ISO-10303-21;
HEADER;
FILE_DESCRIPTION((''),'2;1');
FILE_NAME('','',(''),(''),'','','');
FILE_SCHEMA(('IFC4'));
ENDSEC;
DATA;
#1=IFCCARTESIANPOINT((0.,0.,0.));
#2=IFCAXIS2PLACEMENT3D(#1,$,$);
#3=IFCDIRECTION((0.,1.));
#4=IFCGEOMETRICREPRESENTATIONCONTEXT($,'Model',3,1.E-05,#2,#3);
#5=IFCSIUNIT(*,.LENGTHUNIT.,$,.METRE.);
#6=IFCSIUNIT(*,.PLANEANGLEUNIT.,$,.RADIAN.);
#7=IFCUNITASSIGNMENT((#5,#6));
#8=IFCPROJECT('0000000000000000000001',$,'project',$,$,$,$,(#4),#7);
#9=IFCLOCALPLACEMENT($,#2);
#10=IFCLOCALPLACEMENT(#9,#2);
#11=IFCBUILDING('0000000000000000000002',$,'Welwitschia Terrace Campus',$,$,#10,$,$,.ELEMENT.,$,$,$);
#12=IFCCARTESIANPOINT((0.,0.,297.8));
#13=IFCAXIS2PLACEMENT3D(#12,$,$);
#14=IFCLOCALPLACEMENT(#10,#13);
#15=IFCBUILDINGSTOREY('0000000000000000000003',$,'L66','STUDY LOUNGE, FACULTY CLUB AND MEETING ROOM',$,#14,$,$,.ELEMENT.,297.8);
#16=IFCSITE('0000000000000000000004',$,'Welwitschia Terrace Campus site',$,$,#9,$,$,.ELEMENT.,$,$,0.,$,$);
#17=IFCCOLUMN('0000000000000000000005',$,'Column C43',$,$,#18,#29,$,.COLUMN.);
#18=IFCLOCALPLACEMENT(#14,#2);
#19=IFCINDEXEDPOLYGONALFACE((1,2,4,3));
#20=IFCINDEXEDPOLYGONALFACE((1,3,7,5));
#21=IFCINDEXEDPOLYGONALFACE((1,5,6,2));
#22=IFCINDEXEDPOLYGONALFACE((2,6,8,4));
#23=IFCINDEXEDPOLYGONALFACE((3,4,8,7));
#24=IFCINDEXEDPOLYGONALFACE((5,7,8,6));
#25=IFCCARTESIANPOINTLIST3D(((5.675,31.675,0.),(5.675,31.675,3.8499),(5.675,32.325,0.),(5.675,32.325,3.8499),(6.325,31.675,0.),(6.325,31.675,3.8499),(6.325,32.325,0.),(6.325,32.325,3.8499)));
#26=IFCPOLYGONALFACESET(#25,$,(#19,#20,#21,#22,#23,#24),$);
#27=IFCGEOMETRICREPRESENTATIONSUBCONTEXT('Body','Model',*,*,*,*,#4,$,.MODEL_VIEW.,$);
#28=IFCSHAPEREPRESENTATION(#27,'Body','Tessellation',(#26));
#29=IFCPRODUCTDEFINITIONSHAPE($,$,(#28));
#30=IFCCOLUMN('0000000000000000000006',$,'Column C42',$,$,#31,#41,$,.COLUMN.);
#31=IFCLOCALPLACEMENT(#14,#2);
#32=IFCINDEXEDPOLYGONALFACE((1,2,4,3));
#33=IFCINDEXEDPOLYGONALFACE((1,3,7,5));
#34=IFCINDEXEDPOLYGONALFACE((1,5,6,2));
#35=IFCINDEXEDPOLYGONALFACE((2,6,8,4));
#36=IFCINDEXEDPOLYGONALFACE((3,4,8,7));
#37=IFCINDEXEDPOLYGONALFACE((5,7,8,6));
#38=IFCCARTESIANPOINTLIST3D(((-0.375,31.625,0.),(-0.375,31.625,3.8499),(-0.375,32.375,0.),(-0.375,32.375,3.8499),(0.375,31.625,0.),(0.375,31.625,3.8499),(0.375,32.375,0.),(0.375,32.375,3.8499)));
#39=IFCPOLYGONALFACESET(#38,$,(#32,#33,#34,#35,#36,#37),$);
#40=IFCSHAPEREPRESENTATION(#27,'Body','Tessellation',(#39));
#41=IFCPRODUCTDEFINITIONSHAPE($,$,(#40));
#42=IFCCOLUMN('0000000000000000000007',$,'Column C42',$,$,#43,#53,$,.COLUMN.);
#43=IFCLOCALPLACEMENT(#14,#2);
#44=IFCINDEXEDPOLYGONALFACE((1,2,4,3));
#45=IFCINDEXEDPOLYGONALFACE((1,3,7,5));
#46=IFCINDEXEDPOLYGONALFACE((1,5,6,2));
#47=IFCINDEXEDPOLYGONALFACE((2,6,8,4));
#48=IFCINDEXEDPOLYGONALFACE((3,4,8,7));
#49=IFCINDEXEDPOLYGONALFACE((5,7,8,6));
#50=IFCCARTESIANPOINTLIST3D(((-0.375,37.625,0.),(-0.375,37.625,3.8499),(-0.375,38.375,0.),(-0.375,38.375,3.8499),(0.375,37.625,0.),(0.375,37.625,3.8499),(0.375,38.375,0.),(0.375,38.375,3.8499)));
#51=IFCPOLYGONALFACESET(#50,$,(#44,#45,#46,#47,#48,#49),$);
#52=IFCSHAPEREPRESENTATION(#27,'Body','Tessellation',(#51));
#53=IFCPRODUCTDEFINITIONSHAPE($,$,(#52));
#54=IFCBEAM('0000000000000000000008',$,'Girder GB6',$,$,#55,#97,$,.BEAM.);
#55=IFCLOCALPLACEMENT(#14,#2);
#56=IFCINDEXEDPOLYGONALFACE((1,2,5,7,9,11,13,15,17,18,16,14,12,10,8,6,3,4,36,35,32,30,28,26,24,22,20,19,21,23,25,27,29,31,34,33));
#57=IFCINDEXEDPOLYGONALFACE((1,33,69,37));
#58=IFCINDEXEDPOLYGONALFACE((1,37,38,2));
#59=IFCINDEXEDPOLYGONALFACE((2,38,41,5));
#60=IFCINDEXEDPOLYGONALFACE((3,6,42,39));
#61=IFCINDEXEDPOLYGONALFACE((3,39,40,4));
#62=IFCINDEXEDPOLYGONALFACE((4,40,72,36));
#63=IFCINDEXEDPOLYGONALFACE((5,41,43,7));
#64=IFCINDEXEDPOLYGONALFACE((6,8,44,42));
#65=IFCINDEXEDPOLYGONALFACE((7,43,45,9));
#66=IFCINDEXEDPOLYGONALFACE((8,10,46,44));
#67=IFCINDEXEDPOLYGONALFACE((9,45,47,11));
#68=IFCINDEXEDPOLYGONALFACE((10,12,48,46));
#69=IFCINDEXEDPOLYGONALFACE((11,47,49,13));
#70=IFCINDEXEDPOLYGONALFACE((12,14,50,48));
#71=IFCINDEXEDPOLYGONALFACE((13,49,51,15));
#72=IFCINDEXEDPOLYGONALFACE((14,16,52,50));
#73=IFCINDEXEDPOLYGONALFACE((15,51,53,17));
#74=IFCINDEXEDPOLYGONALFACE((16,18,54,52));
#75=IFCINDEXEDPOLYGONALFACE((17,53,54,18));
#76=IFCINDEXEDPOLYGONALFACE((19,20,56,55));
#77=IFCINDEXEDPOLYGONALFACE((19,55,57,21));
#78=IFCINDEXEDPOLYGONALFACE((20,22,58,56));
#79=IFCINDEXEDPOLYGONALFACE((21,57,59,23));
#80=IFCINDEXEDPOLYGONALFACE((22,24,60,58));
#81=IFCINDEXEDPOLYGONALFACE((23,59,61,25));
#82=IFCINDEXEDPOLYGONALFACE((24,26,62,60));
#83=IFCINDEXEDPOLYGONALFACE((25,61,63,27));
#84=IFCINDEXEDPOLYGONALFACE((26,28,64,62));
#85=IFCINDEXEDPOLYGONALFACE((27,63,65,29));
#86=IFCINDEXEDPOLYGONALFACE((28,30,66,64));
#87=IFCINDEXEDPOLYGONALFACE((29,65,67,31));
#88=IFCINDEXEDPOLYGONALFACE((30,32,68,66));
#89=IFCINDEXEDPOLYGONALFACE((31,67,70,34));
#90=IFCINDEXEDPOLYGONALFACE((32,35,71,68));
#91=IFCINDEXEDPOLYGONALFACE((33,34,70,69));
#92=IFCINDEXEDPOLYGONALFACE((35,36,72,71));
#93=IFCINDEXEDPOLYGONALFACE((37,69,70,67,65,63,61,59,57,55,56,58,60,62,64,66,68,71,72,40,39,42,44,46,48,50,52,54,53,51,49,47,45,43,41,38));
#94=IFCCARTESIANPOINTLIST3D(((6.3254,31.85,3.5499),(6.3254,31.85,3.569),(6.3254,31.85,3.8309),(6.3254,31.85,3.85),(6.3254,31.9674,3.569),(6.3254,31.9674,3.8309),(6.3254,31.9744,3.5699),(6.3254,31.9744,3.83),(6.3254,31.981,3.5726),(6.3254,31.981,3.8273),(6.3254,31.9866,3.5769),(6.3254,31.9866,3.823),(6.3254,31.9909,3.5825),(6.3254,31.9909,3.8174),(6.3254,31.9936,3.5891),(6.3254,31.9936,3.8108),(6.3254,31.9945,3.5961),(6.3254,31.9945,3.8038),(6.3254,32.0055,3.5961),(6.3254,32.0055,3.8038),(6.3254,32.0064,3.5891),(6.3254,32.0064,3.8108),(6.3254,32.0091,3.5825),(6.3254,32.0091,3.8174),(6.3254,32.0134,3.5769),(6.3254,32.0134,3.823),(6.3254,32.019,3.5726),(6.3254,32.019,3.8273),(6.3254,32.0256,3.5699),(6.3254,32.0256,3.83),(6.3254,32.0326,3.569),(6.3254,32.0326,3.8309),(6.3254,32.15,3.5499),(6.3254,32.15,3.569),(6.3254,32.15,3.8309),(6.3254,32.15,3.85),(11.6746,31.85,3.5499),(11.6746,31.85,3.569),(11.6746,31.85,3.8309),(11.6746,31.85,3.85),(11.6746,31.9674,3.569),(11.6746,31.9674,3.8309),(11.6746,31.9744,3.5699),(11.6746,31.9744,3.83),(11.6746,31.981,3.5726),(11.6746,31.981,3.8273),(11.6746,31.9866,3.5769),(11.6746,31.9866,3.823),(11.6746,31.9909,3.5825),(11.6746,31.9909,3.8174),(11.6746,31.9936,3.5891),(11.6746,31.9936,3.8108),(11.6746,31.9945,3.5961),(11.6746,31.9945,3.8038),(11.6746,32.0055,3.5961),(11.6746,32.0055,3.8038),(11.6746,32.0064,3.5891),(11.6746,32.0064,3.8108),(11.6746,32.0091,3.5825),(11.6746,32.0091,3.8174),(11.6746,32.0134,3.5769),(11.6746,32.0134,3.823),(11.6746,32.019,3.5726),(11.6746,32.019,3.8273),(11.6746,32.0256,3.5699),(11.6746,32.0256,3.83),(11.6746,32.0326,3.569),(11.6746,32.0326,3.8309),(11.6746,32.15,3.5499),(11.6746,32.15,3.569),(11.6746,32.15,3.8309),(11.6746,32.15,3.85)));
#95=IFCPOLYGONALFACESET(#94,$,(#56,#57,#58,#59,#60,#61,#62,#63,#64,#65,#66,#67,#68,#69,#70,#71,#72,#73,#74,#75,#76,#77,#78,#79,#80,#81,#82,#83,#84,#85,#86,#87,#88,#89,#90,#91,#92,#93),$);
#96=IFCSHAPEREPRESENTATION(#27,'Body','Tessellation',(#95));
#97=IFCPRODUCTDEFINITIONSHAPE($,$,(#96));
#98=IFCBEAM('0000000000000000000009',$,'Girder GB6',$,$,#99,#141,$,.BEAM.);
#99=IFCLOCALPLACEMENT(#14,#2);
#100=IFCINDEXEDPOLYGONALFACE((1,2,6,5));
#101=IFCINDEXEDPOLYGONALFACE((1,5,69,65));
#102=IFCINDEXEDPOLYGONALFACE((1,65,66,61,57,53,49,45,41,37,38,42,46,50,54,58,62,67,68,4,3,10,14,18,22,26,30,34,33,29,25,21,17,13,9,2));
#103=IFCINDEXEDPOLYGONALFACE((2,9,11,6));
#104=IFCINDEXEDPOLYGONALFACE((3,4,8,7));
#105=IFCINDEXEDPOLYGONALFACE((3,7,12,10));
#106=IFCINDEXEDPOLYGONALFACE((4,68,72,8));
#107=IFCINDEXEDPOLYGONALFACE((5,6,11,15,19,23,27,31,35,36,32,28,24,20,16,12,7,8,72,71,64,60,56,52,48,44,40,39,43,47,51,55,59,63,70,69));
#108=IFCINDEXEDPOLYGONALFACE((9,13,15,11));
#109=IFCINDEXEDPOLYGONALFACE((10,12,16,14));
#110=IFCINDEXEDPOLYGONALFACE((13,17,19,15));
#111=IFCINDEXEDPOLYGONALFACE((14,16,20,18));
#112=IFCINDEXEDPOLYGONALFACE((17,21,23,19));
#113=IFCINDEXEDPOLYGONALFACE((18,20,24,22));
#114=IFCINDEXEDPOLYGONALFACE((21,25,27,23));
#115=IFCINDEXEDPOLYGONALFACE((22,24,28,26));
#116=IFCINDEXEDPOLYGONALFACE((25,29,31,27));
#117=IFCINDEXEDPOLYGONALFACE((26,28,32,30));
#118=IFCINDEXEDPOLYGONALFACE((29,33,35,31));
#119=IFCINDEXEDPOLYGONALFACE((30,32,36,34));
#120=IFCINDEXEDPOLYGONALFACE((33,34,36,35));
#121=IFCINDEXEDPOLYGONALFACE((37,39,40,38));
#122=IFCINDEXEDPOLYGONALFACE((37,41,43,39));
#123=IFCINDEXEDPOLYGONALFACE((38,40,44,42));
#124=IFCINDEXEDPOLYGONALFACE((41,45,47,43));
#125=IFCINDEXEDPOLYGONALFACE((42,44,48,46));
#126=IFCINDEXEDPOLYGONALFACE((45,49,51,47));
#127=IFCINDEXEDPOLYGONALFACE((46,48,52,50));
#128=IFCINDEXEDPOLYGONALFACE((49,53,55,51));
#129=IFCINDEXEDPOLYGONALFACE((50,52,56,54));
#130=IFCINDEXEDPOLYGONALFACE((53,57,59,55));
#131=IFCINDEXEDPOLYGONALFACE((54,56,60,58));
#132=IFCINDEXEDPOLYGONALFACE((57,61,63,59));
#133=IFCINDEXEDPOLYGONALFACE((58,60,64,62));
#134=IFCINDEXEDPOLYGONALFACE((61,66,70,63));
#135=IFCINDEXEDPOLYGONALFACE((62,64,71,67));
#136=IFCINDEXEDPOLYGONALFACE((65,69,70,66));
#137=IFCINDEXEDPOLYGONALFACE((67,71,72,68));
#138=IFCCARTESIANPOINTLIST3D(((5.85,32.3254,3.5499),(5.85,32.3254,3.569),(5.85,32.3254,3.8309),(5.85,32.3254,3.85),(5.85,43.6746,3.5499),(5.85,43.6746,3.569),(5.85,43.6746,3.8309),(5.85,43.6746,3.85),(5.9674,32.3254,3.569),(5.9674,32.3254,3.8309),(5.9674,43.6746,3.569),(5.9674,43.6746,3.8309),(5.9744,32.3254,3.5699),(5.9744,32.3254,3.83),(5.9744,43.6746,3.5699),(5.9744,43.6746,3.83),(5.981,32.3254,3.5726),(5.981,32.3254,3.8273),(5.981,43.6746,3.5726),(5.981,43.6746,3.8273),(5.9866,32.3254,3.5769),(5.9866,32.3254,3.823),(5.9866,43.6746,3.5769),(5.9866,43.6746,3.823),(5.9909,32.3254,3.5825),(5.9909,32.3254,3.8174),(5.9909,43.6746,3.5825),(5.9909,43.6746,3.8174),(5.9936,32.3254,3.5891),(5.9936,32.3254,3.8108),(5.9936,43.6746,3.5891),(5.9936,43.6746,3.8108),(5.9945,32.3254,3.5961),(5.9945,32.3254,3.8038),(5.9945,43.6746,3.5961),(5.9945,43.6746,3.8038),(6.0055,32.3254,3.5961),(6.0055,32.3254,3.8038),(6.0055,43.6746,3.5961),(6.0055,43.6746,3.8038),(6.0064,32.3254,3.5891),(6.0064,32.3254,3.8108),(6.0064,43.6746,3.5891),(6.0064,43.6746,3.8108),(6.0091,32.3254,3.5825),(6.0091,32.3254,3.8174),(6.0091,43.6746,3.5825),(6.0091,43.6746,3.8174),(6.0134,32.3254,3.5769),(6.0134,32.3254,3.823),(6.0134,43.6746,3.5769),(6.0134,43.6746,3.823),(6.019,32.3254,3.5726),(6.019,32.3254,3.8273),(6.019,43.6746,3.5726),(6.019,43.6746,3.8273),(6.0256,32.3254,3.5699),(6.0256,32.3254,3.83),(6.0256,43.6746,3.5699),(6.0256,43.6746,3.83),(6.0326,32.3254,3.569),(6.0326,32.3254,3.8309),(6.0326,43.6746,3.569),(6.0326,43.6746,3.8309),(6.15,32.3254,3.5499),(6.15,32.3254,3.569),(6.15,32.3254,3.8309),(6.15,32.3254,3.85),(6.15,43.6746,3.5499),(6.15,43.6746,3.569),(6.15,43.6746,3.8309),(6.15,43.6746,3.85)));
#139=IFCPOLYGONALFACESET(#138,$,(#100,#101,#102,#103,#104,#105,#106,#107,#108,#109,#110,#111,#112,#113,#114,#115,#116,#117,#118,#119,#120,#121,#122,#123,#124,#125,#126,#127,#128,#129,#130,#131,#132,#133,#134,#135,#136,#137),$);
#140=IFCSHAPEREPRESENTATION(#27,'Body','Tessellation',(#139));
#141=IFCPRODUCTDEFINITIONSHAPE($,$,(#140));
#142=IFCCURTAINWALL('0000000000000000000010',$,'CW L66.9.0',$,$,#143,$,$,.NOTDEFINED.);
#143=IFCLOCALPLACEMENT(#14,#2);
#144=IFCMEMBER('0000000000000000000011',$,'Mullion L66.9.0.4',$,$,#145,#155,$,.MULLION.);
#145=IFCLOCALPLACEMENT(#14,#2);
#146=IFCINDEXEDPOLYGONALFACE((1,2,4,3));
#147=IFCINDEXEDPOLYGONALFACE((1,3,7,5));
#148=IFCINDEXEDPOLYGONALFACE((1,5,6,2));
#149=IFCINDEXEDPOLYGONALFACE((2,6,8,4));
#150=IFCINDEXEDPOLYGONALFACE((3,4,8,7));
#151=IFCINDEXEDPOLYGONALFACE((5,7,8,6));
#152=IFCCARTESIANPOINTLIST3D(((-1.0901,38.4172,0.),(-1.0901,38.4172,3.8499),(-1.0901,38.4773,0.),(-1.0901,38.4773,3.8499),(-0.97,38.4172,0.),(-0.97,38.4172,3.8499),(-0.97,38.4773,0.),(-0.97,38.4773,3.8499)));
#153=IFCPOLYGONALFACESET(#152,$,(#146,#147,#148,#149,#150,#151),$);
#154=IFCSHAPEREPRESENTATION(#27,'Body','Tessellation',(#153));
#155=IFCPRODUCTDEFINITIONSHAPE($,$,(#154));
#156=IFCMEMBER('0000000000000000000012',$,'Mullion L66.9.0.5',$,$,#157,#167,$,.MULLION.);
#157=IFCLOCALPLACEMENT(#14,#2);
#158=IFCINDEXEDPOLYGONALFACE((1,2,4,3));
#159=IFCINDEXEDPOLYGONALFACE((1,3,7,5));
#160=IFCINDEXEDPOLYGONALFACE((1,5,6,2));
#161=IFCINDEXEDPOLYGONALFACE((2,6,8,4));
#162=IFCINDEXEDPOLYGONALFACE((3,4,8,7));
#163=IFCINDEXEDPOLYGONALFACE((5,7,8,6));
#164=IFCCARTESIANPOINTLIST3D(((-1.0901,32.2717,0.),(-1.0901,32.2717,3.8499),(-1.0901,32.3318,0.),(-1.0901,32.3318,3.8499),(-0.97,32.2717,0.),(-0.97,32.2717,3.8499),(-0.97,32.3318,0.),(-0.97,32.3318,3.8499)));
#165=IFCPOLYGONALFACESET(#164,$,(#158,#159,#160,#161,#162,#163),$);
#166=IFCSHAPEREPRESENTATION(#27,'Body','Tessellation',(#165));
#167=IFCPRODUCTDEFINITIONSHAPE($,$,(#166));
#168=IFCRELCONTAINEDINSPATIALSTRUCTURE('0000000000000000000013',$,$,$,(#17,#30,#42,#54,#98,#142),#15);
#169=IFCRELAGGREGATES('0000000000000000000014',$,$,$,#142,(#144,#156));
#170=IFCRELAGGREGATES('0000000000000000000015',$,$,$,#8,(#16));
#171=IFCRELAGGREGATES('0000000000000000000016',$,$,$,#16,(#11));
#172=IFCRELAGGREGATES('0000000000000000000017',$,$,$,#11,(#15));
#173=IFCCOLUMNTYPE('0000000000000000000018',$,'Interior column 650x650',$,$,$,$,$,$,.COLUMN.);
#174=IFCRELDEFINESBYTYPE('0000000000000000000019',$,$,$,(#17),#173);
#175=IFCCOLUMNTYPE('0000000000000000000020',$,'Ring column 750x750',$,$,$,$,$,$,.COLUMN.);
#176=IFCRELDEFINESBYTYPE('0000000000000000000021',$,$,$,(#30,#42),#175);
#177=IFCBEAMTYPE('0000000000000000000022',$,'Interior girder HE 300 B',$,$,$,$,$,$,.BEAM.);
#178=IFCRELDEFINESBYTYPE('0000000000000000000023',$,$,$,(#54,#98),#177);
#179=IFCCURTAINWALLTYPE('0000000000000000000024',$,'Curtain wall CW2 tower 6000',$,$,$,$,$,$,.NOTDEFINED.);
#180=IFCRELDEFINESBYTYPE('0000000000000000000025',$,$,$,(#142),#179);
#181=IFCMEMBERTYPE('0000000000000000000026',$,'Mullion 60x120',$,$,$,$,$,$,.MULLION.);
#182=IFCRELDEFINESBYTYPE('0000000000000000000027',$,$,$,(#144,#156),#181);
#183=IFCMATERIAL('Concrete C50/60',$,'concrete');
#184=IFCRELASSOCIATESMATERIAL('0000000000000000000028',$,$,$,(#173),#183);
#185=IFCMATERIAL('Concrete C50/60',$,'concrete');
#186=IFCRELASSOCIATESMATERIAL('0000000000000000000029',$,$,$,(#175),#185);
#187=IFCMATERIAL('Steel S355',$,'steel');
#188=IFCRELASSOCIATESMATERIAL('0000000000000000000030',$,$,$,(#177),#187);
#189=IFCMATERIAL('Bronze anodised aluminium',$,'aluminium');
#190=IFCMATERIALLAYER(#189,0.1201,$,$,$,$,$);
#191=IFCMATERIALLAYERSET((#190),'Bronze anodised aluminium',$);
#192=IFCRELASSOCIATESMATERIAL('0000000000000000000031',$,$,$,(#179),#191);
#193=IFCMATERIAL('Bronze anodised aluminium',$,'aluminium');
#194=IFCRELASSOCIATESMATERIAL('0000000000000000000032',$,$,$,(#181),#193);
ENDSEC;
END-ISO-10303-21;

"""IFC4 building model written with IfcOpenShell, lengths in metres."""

from ifc_helpers import new_model, si_unit, direction, frame, origin, origin_2d, place, context, subcontext, project, spatial, rectangle, i_section, extrude, material, layer, layer_set, material_profile, profile_set, type_object, element, aggregate, save


model = new_model("IFC4")

# Units and contexts
model_context = context("Model", 3, precision=1e-05, world=origin(), true_north=direction((0.0, 1.0)))
body_context = subcontext(model_context, "Body", "Model", "MODEL_VIEW")
ifc_project = project(units=[si_unit("LENGTHUNIT", "METRE"), si_unit("PLANEANGLEUNIT", "RADIAN")], contexts=[model_context])

# Site, building, storey
site_placement = place(None, origin())
site = spatial("IfcSite", under=ifc_project, at=site_placement, Name="Welwitschia Terrace Campus site", CompositionType="ELEMENT", RefElevation=0.0)
building_placement = place(site_placement, origin())
building = spatial("IfcBuilding", under=site, at=building_placement, Name="Welwitschia Terrace Campus", CompositionType="ELEMENT")
storey_placement = place(building_placement, frame((0.0, 0.0, 297.8)))
storey = spatial("IfcBuildingStorey", under=building, at=storey_placement, Name="L66", Description="STUDY LOUNGE, FACULTY CLUB AND MEETING ROOM", CompositionType="ELEMENT", Elevation=297.8)

# Columns
ifc_material_1 = material(Name="Concrete C50/60", Category="concrete")
ifc_material_profile_1 = material_profile(ifc_material_1, rectangle(XDim=0.6499, YDim=0.6499, at=origin_2d()))
ifc_profile_set_1 = profile_set([ifc_material_profile_1], Name="Concrete C50/60")
column_type_1 = type_object("IfcColumnType", Name="Interior column 650x650", PredefinedType="COLUMN", material=ifc_profile_set_1)
column_placement = place(storey_placement, frame((6.0, 32.0, 0.0), z_axis=(0.0, 0.0, 1.0), x_axis=(1.0, 0.0, 0.0)))
element("IfcColumn", 1, at=column_placement, inside=storey, type_object=column_type_1, Name="Column C43", PredefinedType="COLUMN", context=body_context, shape_type="SweptSolid", body=[
    extrude(rectangle(XDim=0.6499, YDim=0.6499, at=origin_2d()), origin(), (0.0, 0.0, 1.0), 3.8499),
])
ifc_material_2 = material(Name="Concrete C50/60", Category="concrete")
ifc_material_profile_2 = material_profile(ifc_material_2, rectangle(XDim=0.75, YDim=0.75, at=origin_2d()))
ifc_profile_set_2 = profile_set([ifc_material_profile_2], Name="Concrete C50/60")
column_type_2 = type_object("IfcColumnType", Name="Ring column 750x750", PredefinedType="COLUMN", material=ifc_profile_set_2)
for number, where, z_axis, x_axis, name in (
    (2, (0.0, 32.0, 0.0), (0.0, 0.0, 1.0), (1.0, 0.0, 0.0), "Column C42"),
    (3, (0.0, 38.0, 0.0), (0.0, 0.0, 1.0), (1.0, 0.0, 0.0), "Column C42"),
):
    element("IfcColumn", number, at=place(storey_placement, frame(where, z_axis=z_axis, x_axis=x_axis)), inside=storey, type_object=column_type_2, Name=name, PredefinedType="COLUMN", context=body_context, shape_type="SweptSolid", body=[
        extrude(rectangle(XDim=0.75, YDim=0.75, at=origin_2d()), origin(), (0.0, 0.0, 1.0), 3.8499),
    ])

# Beams
ifc_material_3 = material(Name="Steel S355", Category="steel")
ifc_material_profile_3 = material_profile(ifc_material_3, i_section(OverallWidth=0.3, OverallDepth=0.3, WebThickness=0.011, FlangeThickness=0.019, FilletRadius=0.0271, at=origin_2d()))
ifc_profile_set_3 = profile_set([ifc_material_profile_3], Name="Steel S355")
beam_type_1 = type_object("IfcBeamType", Name="Interior girder HE 300 B", PredefinedType="BEAM", material=ifc_profile_set_3)
beam_1_placement = place(storey_placement, frame((6.3254, 32.0, 3.7), z_axis=(1.0, 0.0, 0.0), x_axis=(0.0, 1.0, 0.0)))
element("IfcBeam", 4, at=beam_1_placement, inside=storey, type_object=beam_type_1, Name="Girder GB6", PredefinedType="BEAM", context=body_context, shape_type="SweptSolid", body=[
    extrude(i_section(OverallWidth=0.3, OverallDepth=0.3, WebThickness=0.011, FlangeThickness=0.019, FilletRadius=0.0271, at=origin_2d()), origin(), (0.0, 0.0, 1.0), 5.3491),
])
beam_2_placement = place(storey_placement, frame((6.0, 32.3254, 3.7), z_axis=(0.0, 1.0, 0.0), x_axis=(-1.0, 0.0, 0.0)))
element("IfcBeam", 5, at=beam_2_placement, inside=storey, type_object=beam_type_1, Name="Girder GB6", PredefinedType="BEAM", context=body_context, shape_type="SweptSolid", body=[
    extrude(i_section(OverallWidth=0.3, OverallDepth=0.3, WebThickness=0.011, FlangeThickness=0.019, FilletRadius=0.0271, at=origin_2d()), origin(), (0.0, 0.0, 1.0), 11.3491),
])

# Curtain wall, members
ifc_material_4 = material(Name="Bronze anodised aluminium", Category="aluminium")
ifc_layer_1 = layer(ifc_material_4, 0.1201)
ifc_layer_set_1 = layer_set([ifc_layer_1], Name="Bronze anodised aluminium")
curtain_wall_type = type_object("IfcCurtainWallType", Name="Curtain wall CW2 tower 6000", PredefinedType="NOTDEFINED", material=ifc_layer_set_1)
curtain_wall_placement = place(storey_placement, origin())
curtain_wall = element("IfcCurtainWall", 6, at=curtain_wall_placement, inside=storey, type_object=curtain_wall_type, Name="CW L66.9.0", PredefinedType="NOTDEFINED")
ifc_material_5 = material(Name="Bronze anodised aluminium", Category="aluminium")
ifc_material_profile_4 = material_profile(ifc_material_5, rectangle(XDim=0.1201, YDim=0.0601, at=origin_2d()))
ifc_profile_set_4 = profile_set([ifc_material_profile_4], Name="Bronze anodised aluminium")
member_type = type_object("IfcMemberType", Name="Mullion 60x120", PredefinedType="MULLION", material=ifc_profile_set_4)
member_1_placement = place(storey_placement, frame((-1.03, 38.4473, 0.0), z_axis=(0.0, 0.0, 1.0), x_axis=(1.0, 0.0, 0.0)))
member_1 = element("IfcMember", 7, at=member_1_placement, type_object=member_type, Name="Mullion L66.9.0.4", PredefinedType="MULLION", context=body_context, shape_type="SweptSolid", body=[
    extrude(rectangle(XDim=0.1201, YDim=0.0601, at=origin_2d()), origin(), (0.0, 0.0, 1.0), 3.8499),
])
member_2_placement = place(storey_placement, frame((-1.03, 32.3018, 0.0), z_axis=(0.0, 0.0, 1.0), x_axis=(1.0, 0.0, 0.0)))
member_2 = element("IfcMember", 8, at=member_2_placement, type_object=member_type, Name="Mullion L66.9.0.5", PredefinedType="MULLION", context=body_context, shape_type="SweptSolid", body=[
    extrude(rectangle(XDim=0.1201, YDim=0.0601, at=origin_2d()), origin(), (0.0, 0.0, 1.0), 3.8499),
])

aggregate(curtain_wall, [member_1, member_2])

save(model, "model.ifc")
